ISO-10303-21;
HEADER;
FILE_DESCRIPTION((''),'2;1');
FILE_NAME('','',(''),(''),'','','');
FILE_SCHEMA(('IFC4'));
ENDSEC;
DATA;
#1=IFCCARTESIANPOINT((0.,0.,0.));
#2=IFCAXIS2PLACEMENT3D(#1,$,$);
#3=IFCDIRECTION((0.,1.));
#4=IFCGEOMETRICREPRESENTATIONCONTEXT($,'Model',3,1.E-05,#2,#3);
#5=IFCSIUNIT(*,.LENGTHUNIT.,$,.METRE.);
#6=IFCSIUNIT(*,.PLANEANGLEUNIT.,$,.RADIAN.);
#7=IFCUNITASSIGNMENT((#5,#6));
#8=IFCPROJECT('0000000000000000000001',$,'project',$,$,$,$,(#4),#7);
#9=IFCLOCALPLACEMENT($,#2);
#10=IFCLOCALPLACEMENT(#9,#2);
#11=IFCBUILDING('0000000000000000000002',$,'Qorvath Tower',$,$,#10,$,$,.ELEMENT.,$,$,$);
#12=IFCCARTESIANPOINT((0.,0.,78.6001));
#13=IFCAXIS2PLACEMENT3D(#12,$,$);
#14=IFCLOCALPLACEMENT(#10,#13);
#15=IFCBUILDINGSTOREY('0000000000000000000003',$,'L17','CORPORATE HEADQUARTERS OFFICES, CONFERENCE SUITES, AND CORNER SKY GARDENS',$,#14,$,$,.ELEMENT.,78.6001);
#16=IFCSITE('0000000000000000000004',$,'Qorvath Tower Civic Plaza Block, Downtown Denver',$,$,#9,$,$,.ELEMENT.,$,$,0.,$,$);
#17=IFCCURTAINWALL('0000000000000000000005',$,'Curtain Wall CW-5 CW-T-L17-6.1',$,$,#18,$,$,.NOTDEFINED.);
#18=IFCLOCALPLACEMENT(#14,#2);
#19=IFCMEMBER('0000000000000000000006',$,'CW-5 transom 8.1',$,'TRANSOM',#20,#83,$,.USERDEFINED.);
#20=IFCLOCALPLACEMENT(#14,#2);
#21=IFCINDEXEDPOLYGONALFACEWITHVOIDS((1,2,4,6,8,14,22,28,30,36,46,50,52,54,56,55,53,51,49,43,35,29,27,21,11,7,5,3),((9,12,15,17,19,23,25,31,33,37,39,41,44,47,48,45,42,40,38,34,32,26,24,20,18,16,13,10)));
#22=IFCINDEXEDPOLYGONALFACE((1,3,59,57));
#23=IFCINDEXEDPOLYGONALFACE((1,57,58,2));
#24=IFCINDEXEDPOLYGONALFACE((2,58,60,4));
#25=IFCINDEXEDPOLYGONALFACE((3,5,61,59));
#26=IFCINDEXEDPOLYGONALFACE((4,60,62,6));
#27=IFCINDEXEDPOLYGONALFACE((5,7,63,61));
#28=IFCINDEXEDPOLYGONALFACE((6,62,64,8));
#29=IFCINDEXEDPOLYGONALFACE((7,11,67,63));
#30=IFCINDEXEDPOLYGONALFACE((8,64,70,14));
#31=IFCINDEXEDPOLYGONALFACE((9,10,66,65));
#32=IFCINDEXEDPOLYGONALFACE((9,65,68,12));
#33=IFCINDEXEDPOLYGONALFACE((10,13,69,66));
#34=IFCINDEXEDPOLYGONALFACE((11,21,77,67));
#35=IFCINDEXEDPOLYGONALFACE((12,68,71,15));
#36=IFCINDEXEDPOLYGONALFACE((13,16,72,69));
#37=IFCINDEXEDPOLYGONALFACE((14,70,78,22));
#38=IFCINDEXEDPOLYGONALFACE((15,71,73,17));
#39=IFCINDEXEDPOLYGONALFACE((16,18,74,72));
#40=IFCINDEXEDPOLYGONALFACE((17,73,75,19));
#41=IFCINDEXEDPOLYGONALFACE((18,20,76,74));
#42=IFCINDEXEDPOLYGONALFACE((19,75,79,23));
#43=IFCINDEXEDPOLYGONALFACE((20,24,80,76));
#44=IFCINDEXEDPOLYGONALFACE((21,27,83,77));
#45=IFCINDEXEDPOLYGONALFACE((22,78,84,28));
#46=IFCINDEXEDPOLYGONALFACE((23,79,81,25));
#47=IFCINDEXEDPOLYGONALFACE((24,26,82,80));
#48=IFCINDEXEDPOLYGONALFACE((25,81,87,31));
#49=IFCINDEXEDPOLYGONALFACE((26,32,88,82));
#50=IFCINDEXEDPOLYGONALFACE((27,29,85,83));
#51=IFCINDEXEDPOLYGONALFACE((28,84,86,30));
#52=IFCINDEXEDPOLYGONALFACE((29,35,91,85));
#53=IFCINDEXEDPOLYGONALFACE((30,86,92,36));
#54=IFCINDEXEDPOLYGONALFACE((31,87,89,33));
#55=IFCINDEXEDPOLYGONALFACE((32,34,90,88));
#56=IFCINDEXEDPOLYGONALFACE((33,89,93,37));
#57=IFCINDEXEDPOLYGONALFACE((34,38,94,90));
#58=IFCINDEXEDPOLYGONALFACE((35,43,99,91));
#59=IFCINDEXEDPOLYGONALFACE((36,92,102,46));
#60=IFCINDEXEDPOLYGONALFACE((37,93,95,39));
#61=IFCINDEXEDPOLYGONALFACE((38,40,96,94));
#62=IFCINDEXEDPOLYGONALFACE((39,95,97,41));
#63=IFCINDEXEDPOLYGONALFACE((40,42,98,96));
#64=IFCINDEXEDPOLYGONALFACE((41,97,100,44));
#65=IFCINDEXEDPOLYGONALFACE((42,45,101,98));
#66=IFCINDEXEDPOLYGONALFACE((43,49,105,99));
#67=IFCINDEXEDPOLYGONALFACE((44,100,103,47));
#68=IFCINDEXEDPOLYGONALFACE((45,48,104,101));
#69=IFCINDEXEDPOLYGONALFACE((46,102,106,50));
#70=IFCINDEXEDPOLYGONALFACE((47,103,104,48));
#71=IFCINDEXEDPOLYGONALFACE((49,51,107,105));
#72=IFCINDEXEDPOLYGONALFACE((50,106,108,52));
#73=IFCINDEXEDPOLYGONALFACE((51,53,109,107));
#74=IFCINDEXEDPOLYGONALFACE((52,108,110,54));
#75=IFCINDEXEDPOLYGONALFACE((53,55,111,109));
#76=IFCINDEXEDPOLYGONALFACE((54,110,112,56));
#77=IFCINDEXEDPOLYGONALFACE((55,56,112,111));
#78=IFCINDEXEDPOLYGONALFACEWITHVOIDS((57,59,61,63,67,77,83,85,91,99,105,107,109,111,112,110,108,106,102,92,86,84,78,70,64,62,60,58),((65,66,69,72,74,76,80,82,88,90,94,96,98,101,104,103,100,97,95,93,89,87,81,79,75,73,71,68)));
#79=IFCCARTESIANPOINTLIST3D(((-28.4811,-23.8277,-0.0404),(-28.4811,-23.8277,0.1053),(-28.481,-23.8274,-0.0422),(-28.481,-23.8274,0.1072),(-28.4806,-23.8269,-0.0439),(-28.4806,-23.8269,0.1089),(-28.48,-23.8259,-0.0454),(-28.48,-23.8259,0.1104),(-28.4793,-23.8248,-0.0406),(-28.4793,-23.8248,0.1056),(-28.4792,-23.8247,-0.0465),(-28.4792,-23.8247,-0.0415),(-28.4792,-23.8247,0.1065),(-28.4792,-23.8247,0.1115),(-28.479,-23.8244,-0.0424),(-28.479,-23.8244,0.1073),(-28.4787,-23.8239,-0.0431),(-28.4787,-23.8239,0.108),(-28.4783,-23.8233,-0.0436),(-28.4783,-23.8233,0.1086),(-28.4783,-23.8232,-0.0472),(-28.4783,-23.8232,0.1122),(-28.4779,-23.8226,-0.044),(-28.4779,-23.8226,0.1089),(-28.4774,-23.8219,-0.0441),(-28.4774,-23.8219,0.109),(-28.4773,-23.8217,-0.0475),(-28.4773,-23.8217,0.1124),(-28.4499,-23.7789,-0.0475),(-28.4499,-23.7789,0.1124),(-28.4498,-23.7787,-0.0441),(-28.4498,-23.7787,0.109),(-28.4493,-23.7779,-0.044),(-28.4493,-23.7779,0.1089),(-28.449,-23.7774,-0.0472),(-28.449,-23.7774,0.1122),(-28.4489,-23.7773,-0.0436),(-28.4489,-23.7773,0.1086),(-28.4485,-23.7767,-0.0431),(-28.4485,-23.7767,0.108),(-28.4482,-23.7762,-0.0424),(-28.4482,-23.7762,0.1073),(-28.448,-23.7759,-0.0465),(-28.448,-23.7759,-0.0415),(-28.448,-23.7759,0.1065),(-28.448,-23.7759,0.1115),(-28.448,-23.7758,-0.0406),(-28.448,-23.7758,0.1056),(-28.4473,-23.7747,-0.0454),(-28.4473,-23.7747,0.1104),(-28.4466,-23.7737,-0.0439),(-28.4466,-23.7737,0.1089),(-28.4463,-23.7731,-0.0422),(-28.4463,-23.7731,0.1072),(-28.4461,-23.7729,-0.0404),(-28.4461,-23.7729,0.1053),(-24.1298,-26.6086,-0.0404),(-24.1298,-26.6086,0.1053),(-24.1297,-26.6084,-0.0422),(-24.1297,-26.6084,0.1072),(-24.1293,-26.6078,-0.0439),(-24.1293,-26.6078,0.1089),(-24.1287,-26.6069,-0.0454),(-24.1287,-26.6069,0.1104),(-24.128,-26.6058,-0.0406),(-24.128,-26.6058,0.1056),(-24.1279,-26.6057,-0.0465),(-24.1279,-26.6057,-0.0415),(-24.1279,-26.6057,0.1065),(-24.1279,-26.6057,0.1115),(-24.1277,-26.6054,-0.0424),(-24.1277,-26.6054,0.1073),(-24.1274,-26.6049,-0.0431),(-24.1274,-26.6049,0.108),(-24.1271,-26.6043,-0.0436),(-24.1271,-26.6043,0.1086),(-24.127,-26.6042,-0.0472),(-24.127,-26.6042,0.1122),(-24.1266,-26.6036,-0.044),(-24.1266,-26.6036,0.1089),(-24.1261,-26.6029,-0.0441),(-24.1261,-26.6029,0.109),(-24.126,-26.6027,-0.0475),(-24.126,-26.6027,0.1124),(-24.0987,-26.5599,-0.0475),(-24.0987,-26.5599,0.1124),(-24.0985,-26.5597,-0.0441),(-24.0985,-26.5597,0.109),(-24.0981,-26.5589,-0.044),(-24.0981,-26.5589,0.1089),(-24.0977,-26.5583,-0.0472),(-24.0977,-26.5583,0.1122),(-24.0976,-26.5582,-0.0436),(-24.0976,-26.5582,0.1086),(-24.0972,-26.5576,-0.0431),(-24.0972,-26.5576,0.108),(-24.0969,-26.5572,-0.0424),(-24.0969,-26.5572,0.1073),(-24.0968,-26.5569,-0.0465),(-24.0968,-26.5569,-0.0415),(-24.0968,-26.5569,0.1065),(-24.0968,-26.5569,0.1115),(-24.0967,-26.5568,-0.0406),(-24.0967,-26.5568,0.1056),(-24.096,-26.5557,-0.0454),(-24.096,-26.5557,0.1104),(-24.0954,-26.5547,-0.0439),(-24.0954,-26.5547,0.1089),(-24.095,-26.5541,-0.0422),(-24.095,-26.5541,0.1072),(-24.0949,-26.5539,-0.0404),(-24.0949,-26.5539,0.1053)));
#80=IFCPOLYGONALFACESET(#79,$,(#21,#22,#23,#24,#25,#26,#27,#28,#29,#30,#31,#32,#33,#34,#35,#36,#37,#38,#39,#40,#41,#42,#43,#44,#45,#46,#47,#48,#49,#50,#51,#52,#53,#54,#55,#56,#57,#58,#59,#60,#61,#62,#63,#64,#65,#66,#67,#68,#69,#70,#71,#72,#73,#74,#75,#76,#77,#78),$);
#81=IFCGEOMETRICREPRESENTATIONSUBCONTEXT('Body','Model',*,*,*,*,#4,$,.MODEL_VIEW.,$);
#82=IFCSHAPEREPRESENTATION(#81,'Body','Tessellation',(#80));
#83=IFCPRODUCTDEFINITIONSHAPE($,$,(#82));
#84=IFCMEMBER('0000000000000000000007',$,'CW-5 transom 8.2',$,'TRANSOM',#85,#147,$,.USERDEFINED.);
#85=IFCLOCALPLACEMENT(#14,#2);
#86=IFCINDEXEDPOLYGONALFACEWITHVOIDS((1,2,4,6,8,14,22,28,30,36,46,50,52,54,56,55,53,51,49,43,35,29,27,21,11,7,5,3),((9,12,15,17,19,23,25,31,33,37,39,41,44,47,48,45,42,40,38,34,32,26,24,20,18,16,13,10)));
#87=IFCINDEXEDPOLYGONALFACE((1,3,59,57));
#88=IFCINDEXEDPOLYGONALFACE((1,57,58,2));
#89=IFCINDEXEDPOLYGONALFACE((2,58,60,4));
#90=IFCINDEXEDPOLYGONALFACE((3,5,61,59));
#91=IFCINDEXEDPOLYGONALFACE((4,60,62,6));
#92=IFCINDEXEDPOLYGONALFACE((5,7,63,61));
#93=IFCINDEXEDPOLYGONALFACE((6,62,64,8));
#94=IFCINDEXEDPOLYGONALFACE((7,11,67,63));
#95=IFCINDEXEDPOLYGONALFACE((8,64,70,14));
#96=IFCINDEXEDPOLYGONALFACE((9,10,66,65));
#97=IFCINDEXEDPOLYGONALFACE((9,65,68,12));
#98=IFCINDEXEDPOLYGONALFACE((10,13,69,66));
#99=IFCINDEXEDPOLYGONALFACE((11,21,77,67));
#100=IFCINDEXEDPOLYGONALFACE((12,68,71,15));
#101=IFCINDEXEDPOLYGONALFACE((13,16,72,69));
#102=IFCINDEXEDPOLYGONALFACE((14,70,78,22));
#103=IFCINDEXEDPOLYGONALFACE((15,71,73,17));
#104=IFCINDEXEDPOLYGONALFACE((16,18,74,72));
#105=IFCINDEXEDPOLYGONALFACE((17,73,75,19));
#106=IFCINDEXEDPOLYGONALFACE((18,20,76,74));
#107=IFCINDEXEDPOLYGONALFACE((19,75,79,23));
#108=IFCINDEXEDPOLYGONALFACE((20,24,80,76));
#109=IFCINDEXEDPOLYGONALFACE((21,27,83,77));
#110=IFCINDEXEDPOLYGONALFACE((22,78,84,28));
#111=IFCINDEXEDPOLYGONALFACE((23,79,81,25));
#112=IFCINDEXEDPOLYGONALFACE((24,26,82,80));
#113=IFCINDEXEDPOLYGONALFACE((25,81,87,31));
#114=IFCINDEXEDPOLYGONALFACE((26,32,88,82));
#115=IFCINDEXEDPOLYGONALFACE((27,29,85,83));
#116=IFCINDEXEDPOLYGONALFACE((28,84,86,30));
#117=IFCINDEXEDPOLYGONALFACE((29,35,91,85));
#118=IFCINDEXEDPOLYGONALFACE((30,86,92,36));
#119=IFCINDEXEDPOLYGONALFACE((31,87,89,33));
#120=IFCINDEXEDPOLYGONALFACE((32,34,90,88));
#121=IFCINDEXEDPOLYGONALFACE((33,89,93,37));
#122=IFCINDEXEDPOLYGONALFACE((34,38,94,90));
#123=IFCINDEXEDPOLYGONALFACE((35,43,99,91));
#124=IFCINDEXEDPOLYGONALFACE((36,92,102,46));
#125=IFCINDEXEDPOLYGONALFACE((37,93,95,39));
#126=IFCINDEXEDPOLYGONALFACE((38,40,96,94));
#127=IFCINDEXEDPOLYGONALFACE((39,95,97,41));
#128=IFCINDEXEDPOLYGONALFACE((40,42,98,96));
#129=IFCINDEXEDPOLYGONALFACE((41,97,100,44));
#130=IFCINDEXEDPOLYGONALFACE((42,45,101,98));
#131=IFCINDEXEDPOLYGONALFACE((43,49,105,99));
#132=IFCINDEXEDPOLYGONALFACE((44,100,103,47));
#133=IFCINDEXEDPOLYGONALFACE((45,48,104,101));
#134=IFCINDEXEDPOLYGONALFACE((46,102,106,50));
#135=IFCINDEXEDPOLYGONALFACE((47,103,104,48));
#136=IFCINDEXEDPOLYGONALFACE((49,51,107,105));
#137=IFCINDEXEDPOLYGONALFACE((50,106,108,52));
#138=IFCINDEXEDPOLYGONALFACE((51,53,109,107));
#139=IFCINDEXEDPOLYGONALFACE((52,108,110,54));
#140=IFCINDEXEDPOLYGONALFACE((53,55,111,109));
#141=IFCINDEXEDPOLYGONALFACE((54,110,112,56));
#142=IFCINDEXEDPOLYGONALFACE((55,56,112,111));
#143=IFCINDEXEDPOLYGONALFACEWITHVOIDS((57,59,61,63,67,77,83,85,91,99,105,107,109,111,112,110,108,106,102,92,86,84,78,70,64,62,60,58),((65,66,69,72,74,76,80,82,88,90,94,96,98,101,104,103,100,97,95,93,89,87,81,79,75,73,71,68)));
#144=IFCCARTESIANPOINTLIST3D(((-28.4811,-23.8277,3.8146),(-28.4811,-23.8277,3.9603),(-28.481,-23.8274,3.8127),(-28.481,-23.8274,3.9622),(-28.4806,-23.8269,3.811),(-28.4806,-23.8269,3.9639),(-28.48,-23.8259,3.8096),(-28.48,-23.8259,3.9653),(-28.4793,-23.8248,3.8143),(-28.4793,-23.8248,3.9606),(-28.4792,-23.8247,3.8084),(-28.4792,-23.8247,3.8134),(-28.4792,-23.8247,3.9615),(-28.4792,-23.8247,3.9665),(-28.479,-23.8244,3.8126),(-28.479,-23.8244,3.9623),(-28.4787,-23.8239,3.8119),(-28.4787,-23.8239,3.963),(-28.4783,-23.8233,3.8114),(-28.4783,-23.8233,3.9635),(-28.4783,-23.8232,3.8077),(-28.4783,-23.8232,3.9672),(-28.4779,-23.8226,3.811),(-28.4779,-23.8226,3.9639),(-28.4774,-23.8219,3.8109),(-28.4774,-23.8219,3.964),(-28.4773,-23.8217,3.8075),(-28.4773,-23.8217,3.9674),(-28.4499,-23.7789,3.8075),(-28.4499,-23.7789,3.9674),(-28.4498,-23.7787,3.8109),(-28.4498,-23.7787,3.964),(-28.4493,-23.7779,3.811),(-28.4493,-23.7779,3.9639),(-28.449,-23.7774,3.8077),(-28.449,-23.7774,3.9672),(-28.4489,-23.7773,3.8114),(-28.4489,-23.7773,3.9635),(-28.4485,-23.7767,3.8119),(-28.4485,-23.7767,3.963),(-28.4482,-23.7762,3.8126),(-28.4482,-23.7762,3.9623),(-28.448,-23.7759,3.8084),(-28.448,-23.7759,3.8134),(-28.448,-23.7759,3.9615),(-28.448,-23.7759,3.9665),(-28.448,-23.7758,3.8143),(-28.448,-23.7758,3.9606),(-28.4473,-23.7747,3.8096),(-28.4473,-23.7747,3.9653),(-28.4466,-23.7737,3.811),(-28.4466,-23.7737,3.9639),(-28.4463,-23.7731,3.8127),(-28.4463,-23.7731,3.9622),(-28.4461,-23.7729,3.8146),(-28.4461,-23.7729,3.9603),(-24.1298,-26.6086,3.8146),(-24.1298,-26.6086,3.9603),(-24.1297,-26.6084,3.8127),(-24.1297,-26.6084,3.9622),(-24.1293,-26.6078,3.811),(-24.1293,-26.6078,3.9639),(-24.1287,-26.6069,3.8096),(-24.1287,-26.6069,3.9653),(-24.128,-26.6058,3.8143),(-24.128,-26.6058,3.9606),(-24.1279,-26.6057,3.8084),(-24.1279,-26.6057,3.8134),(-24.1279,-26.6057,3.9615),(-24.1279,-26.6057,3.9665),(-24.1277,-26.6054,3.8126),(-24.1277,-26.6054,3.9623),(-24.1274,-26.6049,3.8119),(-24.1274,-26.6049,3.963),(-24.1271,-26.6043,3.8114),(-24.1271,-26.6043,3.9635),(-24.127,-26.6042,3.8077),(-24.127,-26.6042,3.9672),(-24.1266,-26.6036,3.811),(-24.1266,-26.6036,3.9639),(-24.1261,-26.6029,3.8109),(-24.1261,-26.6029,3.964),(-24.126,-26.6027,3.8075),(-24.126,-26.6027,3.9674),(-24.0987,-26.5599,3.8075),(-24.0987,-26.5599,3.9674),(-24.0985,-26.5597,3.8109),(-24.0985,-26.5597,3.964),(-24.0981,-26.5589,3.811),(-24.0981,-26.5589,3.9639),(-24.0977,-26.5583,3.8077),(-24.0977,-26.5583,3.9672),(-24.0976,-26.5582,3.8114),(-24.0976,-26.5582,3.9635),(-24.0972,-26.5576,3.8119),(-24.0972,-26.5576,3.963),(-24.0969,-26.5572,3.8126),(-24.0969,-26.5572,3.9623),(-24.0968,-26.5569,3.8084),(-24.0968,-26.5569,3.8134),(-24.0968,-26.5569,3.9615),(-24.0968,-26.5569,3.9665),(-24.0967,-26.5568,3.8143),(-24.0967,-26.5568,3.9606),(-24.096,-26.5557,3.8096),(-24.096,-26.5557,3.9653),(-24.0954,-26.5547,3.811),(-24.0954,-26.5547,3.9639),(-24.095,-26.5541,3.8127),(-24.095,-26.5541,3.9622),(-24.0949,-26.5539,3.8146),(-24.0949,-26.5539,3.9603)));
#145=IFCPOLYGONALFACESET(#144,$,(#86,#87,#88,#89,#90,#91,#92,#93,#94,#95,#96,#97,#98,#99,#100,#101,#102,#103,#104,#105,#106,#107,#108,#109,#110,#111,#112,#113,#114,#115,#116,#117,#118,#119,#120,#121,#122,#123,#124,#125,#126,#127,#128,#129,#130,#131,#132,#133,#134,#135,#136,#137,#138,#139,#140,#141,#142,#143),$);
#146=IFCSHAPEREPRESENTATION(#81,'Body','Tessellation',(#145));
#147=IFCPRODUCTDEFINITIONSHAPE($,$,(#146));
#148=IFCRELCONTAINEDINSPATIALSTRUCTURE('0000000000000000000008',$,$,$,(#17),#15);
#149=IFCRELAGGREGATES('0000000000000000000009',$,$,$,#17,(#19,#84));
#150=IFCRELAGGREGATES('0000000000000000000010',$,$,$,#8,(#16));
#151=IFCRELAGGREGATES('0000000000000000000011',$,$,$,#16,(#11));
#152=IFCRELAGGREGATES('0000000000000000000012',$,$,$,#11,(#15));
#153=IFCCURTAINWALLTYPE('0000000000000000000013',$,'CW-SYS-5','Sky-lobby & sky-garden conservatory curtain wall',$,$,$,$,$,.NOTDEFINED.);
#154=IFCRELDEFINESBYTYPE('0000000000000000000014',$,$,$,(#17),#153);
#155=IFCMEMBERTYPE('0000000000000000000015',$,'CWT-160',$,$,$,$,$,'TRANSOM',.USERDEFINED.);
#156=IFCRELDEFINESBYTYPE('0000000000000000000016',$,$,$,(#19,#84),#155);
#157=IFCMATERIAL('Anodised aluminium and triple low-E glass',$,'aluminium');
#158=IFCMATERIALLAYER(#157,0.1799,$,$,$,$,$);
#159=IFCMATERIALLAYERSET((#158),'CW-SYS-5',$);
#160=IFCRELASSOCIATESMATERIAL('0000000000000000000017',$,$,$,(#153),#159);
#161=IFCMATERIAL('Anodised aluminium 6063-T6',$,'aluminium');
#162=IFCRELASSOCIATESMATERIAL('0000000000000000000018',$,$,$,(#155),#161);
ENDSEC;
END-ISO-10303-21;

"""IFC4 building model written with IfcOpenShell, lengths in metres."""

from ifc_helpers import new_model, si_unit, direction, frame, origin, origin_2d, place, context, subcontext, project, spatial, hollow_rectangle, extrude, material, layer, layer_set, material_profile, profile_set, type_object, element, aggregate, save


model = new_model("IFC4")

# Units and contexts
model_context = context("Model", 3, precision=1e-05, world=origin(), true_north=direction((0.0, 1.0)))
body_context = subcontext(model_context, "Body", "Model", "MODEL_VIEW")
ifc_project = project(units=[si_unit("LENGTHUNIT", "METRE"), si_unit("PLANEANGLEUNIT", "RADIAN")], contexts=[model_context])

# Site, building, storey
site_placement = place(None, origin())
site = spatial("IfcSite", under=ifc_project, at=site_placement, Name="Qorvath Tower Civic Plaza Block, Downtown Denver", CompositionType="ELEMENT", RefElevation=0.0)
building_placement = place(site_placement, origin())
building = spatial("IfcBuilding", under=site, at=building_placement, Name="Qorvath Tower", CompositionType="ELEMENT")
storey_placement = place(building_placement, frame((0.0, 0.0, 78.6001)))
storey = spatial("IfcBuildingStorey", under=building, at=storey_placement, Name="L17", Description="CORPORATE HEADQUARTERS OFFICES, CONFERENCE SUITES, AND CORNER SKY GARDENS", CompositionType="ELEMENT", Elevation=78.6001)

# Curtain wall, members
ifc_material_1 = material(Name="Anodised aluminium and triple low-E glass", Category="aluminium")
ifc_layer_1 = layer(ifc_material_1, 0.1799)
ifc_layer_set_1 = layer_set([ifc_layer_1], Name="CW-SYS-5")
curtain_wall_type = type_object("IfcCurtainWallType", Name="CW-SYS-5", Description="Sky-lobby & sky-garden conservatory curtain wall", PredefinedType="NOTDEFINED", material=ifc_layer_set_1)
curtain_wall_placement = place(storey_placement, origin())
curtain_wall = element("IfcCurtainWall", 1, at=curtain_wall_placement, inside=storey, type_object=curtain_wall_type, Name="Curtain Wall CW-5 CW-T-L17-6.1", PredefinedType="NOTDEFINED")
ifc_material_2 = material(Name="Anodised aluminium 6063-T6", Category="aluminium")
ifc_material_profile_1 = material_profile(ifc_material_2, hollow_rectangle(XDim=0.0649, YDim=0.1599, WallThickness=0.0034, InnerFilletRadius=0.0034, OuterFilletRadius=0.0071, at=origin_2d()), Name="CWT 160x65")
ifc_profile_set_1 = profile_set([ifc_material_profile_1], Name="Anodised aluminium 6063-T6")
member_type_1 = type_object("IfcMemberType", Name="CWT-160", ElementType="TRANSOM", PredefinedType="USERDEFINED", material=ifc_profile_set_1)
member_1_placement = place(storey_placement, frame((-28.4636, -23.8003, 0.0325), z_axis=(0.842609, -0.538526, 0.0), x_axis=(0.538526, 0.842609, 0.0)))
member_1 = element("IfcMember", 2, at=member_1_placement, type_object=member_type_1, Name="CW-5 transom 8.1", ObjectType="TRANSOM", PredefinedType="USERDEFINED", context=body_context, shape_type="SweptSolid", body=[
    extrude(hollow_rectangle(XDim=0.0649, YDim=0.1599, WallThickness=0.0034, InnerFilletRadius=0.0034, OuterFilletRadius=0.0071, at=origin_2d()), origin(), (0.0, 0.0, 1.0), 5.1641),
])
member_2_placement = place(storey_placement, frame((-28.4636, -23.8003, 3.8875), z_axis=(0.842609, -0.538526, 0.0), x_axis=(0.538526, 0.842609, 0.0)))
member_2 = element("IfcMember", 3, at=member_2_placement, type_object=member_type_1, Name="CW-5 transom 8.2", ObjectType="TRANSOM", PredefinedType="USERDEFINED", context=body_context, shape_type="SweptSolid", body=[
    extrude(hollow_rectangle(XDim=0.0649, YDim=0.1599, WallThickness=0.0034, InnerFilletRadius=0.0034, OuterFilletRadius=0.0071, at=origin_2d()), origin(), (0.0, 0.0, 1.0), 5.1641),
])
aggregate(curtain_wall, [member_1, member_2])

save(model, "model.ifc")
